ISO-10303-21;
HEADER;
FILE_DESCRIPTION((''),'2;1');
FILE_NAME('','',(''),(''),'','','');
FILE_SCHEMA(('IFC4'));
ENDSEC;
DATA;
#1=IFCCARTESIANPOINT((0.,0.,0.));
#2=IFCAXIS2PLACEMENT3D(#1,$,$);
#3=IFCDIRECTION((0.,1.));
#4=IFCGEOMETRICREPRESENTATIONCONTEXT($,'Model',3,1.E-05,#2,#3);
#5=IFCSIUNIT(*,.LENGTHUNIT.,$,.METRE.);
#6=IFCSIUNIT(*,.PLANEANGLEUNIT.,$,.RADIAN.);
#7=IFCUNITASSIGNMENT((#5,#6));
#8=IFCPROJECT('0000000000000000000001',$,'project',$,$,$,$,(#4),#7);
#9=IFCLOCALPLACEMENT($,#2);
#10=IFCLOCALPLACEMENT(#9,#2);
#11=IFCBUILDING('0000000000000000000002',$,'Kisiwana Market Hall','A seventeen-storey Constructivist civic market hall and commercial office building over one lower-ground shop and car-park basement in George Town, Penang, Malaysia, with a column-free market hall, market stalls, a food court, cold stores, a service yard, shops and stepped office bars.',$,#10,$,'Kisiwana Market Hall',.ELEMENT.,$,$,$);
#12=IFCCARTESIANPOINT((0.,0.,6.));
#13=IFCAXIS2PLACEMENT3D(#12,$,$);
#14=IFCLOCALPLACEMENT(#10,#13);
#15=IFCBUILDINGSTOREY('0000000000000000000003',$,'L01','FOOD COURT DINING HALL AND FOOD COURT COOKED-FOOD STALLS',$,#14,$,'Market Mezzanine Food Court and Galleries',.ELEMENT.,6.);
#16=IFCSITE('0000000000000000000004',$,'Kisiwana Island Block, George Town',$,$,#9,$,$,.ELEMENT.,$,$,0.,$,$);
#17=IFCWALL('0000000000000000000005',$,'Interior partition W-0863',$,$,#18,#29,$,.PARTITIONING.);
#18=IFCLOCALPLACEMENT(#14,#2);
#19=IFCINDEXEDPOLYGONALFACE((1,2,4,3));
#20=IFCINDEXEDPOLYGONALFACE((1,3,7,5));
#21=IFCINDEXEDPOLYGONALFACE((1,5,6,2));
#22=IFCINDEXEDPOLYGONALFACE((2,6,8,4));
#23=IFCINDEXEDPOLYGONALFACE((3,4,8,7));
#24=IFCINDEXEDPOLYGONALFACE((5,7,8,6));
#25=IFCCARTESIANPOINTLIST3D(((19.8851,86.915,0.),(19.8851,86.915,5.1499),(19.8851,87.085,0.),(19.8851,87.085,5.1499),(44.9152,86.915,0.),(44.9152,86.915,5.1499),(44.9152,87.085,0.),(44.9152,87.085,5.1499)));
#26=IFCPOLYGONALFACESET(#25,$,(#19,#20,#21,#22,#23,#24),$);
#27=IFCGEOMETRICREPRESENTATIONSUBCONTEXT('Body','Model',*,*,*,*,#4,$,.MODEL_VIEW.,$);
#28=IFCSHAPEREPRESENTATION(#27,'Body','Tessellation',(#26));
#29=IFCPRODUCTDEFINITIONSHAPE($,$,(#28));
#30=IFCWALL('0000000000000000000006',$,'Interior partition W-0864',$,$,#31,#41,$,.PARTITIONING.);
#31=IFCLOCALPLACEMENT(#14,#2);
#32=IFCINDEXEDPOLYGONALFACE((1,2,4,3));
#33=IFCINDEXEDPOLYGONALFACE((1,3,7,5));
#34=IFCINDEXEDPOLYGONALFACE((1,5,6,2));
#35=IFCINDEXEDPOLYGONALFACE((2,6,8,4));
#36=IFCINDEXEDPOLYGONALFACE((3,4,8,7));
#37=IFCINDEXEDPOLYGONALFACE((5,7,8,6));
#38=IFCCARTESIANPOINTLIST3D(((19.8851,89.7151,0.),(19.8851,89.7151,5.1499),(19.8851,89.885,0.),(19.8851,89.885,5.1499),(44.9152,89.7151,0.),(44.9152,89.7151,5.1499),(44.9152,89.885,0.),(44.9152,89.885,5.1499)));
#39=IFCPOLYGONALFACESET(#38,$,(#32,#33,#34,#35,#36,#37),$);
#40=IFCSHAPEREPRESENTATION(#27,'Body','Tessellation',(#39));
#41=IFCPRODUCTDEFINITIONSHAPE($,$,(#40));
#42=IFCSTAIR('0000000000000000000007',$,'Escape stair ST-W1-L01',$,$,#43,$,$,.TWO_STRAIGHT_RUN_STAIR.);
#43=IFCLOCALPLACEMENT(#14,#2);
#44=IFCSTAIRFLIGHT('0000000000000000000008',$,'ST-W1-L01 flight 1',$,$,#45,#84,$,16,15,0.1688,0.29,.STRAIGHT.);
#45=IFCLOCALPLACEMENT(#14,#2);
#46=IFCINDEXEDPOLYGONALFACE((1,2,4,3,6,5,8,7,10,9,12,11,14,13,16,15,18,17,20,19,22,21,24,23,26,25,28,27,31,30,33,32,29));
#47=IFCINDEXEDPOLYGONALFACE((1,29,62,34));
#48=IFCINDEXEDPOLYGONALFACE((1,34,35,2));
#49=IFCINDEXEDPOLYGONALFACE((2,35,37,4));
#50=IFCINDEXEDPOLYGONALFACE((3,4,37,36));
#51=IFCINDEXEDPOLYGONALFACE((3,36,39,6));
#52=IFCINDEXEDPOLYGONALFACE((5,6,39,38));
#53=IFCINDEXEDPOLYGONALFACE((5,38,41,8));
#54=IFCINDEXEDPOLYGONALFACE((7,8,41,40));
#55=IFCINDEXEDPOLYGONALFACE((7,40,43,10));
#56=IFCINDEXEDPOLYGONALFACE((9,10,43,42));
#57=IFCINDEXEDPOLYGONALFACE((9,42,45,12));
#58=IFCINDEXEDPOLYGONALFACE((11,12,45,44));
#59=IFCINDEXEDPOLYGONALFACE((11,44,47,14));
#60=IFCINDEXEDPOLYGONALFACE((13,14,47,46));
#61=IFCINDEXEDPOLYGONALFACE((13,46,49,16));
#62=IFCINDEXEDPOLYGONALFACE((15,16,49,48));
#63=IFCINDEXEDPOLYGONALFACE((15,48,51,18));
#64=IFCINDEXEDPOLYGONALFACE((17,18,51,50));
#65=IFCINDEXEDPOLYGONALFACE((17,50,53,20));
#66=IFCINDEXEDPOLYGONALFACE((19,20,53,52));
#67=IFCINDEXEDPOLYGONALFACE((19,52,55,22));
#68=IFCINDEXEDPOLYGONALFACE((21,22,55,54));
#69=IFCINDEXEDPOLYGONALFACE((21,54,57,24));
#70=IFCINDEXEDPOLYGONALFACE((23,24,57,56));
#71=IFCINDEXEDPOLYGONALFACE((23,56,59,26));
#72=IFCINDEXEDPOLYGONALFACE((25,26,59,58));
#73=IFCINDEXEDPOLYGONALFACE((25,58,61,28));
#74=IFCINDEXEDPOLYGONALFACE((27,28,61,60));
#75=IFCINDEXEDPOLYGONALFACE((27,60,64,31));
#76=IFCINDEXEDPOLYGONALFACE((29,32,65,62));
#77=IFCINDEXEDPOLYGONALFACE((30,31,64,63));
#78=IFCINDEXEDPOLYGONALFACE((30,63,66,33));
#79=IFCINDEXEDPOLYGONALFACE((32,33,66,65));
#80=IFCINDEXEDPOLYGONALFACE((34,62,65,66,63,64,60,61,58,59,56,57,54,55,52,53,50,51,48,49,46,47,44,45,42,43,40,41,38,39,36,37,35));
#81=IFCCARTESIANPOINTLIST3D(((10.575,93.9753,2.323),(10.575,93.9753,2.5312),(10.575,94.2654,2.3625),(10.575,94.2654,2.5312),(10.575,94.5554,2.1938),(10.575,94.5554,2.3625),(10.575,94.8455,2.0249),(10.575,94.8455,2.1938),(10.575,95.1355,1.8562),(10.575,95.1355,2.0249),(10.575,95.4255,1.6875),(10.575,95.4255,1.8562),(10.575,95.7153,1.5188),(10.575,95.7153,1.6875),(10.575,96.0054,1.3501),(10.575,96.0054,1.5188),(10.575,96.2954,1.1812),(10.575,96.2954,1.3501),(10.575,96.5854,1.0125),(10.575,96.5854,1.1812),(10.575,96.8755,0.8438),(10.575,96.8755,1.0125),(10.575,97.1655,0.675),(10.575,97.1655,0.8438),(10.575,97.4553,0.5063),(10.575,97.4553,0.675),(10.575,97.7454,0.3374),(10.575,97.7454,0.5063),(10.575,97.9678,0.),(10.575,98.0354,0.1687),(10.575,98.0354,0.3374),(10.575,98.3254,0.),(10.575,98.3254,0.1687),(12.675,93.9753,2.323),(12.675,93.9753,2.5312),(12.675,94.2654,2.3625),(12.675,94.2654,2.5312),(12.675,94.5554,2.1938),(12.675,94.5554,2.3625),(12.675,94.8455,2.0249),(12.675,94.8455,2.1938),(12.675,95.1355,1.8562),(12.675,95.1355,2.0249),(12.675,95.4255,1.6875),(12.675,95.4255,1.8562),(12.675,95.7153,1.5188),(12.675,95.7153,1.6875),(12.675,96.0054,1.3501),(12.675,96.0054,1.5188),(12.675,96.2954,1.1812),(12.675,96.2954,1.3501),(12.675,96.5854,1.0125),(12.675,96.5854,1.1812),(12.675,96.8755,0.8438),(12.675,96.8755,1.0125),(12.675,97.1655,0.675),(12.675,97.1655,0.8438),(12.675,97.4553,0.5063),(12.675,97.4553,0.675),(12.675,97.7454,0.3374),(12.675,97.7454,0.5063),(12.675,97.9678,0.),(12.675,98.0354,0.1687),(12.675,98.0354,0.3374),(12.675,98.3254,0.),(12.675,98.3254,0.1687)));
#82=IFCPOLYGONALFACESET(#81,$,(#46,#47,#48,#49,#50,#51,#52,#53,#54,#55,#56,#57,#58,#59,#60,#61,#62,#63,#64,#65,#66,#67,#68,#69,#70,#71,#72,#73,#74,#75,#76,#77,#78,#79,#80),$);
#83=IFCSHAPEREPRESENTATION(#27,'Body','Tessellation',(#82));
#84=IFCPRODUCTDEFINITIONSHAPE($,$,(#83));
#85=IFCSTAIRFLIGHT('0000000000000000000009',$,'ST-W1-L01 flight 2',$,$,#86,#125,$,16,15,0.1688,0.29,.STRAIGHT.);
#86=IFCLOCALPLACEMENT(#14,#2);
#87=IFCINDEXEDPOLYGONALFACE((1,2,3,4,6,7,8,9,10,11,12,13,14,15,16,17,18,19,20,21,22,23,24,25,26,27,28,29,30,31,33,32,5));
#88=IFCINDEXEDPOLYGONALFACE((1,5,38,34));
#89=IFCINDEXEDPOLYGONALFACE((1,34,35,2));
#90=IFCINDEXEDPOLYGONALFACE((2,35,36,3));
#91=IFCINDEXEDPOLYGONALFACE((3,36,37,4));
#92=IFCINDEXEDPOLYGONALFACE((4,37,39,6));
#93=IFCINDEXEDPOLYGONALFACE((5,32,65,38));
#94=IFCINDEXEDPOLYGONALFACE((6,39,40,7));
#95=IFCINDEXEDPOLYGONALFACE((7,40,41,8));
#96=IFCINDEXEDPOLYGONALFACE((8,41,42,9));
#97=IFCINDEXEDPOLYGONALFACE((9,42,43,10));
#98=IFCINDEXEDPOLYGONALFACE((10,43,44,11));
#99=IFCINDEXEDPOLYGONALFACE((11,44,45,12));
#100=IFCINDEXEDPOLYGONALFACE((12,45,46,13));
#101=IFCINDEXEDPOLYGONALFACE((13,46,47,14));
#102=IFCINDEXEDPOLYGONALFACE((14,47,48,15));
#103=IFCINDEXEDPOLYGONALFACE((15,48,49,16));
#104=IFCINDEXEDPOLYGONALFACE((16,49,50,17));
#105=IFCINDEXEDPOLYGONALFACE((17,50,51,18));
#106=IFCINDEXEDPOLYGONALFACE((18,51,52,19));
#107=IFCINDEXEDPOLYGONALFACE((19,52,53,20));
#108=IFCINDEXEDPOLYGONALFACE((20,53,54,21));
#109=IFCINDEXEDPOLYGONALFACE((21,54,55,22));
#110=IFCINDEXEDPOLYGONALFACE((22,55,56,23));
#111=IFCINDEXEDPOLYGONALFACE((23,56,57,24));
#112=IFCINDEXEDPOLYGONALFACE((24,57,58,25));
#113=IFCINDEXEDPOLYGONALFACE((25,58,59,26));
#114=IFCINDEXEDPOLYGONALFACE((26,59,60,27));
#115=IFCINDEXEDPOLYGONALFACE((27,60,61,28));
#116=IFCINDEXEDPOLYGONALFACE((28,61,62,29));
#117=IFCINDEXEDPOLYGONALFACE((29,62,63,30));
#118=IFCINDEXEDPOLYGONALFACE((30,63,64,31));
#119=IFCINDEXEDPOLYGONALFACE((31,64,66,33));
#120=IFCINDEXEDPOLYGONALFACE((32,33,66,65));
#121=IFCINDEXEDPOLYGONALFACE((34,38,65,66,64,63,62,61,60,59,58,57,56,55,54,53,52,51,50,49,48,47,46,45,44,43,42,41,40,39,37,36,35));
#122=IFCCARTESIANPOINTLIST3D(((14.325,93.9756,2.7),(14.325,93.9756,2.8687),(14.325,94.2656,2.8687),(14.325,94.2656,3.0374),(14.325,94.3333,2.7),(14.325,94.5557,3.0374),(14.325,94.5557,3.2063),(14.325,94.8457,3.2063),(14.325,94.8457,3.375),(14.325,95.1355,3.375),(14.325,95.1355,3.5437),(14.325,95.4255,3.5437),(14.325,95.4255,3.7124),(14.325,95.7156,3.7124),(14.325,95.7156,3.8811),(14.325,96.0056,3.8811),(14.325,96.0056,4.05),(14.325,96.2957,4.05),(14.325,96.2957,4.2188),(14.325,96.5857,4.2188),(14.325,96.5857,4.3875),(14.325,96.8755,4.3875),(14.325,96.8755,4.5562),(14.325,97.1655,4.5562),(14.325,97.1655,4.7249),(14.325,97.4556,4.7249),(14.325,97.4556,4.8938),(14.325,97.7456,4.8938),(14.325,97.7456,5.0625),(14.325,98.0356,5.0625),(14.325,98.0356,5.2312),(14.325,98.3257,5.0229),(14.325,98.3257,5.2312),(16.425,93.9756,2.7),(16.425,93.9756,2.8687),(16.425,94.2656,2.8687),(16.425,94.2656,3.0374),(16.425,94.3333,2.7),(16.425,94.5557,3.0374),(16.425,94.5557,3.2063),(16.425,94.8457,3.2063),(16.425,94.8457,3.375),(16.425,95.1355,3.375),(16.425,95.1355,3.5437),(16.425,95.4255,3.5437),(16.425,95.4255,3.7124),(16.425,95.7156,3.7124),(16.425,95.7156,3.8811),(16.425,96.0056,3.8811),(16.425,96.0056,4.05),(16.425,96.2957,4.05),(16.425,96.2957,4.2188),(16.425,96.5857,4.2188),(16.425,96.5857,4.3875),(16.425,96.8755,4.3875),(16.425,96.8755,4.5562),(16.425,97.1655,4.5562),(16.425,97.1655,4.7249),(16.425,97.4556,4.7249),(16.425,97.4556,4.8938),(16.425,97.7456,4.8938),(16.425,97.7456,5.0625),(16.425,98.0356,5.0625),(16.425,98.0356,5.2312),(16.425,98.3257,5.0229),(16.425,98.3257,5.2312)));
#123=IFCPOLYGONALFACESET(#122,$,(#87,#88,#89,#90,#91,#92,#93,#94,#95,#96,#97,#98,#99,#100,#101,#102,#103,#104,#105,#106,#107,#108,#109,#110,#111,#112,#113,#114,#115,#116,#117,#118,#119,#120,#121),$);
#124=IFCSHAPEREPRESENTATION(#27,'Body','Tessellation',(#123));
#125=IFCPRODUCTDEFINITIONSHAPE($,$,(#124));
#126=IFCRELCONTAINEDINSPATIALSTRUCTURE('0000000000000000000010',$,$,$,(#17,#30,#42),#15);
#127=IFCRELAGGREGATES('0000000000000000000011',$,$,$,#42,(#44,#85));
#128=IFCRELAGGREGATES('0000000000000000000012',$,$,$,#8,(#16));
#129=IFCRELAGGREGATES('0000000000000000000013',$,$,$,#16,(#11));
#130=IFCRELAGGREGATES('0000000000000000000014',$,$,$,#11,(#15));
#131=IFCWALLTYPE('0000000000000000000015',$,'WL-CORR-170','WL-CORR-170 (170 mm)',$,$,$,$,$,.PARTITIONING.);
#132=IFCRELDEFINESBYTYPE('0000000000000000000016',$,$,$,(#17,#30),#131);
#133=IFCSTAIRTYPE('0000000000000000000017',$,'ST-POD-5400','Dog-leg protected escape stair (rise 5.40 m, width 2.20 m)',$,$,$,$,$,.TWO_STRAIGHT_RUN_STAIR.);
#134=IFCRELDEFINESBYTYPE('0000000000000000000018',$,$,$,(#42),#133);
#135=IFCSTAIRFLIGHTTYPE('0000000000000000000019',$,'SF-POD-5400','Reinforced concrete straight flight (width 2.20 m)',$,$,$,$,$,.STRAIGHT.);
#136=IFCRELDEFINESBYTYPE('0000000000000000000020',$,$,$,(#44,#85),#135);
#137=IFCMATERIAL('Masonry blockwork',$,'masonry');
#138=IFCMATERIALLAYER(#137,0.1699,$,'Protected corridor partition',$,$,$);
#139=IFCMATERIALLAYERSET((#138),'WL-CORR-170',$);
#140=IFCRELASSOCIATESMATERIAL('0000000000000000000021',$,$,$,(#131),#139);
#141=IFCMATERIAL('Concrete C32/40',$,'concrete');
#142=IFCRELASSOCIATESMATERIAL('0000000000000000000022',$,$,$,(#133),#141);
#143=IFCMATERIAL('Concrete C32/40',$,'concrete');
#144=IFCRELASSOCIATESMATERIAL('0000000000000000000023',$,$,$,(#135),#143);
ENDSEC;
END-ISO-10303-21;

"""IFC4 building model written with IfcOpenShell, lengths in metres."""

from ifc_helpers import new_model, si_unit, direction, frame, frame_2d, origin, place, context, subcontext, project, spatial, polyline, rectangle, outline, extrude, material, layer, layer_set, type_object, element, aggregate, save


model = new_model("IFC4")

# Units and contexts
model_context = context("Model", 3, precision=1e-05, world=origin(), true_north=direction((0.0, 1.0)))
body_context = subcontext(model_context, "Body", "Model", "MODEL_VIEW")
ifc_project = project(units=[si_unit("LENGTHUNIT", "METRE"), si_unit("PLANEANGLEUNIT", "RADIAN")], contexts=[model_context])

# Site, building, storey
site_placement = place(None, origin())
site = spatial("IfcSite", under=ifc_project, at=site_placement, Name="Kisiwana Island Block, George Town", CompositionType="ELEMENT", RefElevation=0.0)
building_placement = place(site_placement, origin())
building = spatial("IfcBuilding", under=site, at=building_placement, Name="Kisiwana Market Hall", Description="A seventeen-storey Constructivist civic market hall and commercial office building over one lower-ground shop and car-park basement in George Town, Penang, Malaysia, with a column-free market hall, market stalls, a food court, cold stores, a service yard, shops and stepped office bars.", LongName="Kisiwana Market Hall", CompositionType="ELEMENT")
storey_placement = place(building_placement, frame((0.0, 0.0, 6.0)))
storey = spatial("IfcBuildingStorey", under=building, at=storey_placement, Name="L01", Description="FOOD COURT DINING HALL AND FOOD COURT COOKED-FOOD STALLS", LongName="Market Mezzanine Food Court and Galleries", CompositionType="ELEMENT", Elevation=6.0)

# Shared definitions
ifc_material_1 = material(Name="Masonry blockwork", Category="masonry")
ifc_layer_1 = layer(ifc_material_1, 0.1699, Name="Protected corridor partition")
ifc_layer_set_1 = layer_set([ifc_layer_1], Name="WL-CORR-170")
wall_type_1 = type_object("IfcWallType", Name="WL-CORR-170", Description="WL-CORR-170 (170 mm)", PredefinedType="PARTITIONING", material=ifc_layer_set_1)

# Walls
for number, where, z_axis, x_axis, name in (
    (1, (19.885, 87.0, 0.0), (0.0, 0.0, 1.0), (1.0, 0.0, 0.0), "Interior partition W-0863"),
    (2, (19.885, 89.8, 0.0), (0.0, 0.0, 1.0), (1.0, 0.0, 0.0), "Interior partition W-0864"),
):
    element("IfcWall", number, at=place(storey_placement, frame(where, z_axis=z_axis, x_axis=x_axis)), inside=storey, type_object=wall_type_1, Name=name, PredefinedType="PARTITIONING", context=body_context, shape_type="SweptSolid", body=[
        extrude(rectangle(XDim=25.03, YDim=0.1699, at=frame_2d((12.5151, 0.0))), origin(), (0.0, 0.0, 1.0), 5.1499),
    ])

# Stair, stair flights
ifc_material_2 = material(Name="Concrete C32/40", Category="concrete")
stair_type = type_object("IfcStairType", Name="ST-POD-5400", Description="Dog-leg protected escape stair (rise 5.40 m, width 2.20 m)", PredefinedType="TWO_STRAIGHT_RUN_STAIR", material=ifc_material_2)
stair_placement = place(storey_placement, origin())
stair = element("IfcStair", 3, at=stair_placement, inside=storey, type_object=stair_type, Name="Escape stair ST-W1-L01", PredefinedType="TWO_STRAIGHT_RUN_STAIR")
ifc_material_3 = material(Name="Concrete C32/40", Category="concrete")
stair_flight_type = type_object("IfcStairFlightType", Name="SF-POD-5400", Description="Reinforced concrete straight flight (width 2.20 m)", PredefinedType="STRAIGHT", material=ifc_material_3)
stair_flight_1_placement = place(storey_placement, frame((11.625, 98.3254, 0.0), z_axis=(0.0, 0.0, 1.0), x_axis=(0.0, -1.0, 0.0)))
stair_flight_1 = element("IfcStairFlight", 4, at=stair_flight_1_placement, type_object=stair_flight_type, Name="ST-W1-L01 flight 1", NumberOfRisers=16, NumberOfTreads=15, PredefinedType="STRAIGHT", RiserHeight=0.1688, TreadLength=0.29, context=body_context, shape_type="SweptSolid", body=[
    extrude(outline(polyline([(0.0, 0.0), (0.0, 0.1687), (0.29, 0.1687), (0.29, 0.3374), (0.5801, 0.3374), (0.5801, 0.5063), (0.8701, 0.5063), (0.8701, 0.675), (1.1599, 0.675), (1.1599, 0.8438), (1.45, 0.8438), (1.45, 1.0125), (1.74, 1.0125), (1.74, 1.1812), (2.03, 1.1812), (2.03, 1.3501), (2.3201, 1.3501), (2.3201, 1.5188), (2.6101, 1.5188), (2.6101, 1.6875), (2.8999, 1.6875), (2.8999, 1.8562), (3.1899, 1.8562), (3.1899, 2.0249), (3.48, 2.0249), (3.48, 2.1938), (3.77, 2.1938), (3.77, 2.3625), (4.0601, 2.3625), (4.0601, 2.5312), (4.3501, 2.5312), (4.3501, 2.7), (4.3501, 2.323), (0.3577, 0.0), (0.0, 0.0)])), frame((0.0, 1.05, 0.0), z_axis=(0.0, -1.0, 0.0), x_axis=(1.0, 0.0, 0.0)), (0.0, 0.0, 1.0), 2.1001),
])
stair_flight_2_placement = place(storey_placement, frame((15.375, 93.9756, 2.7), z_axis=(0.0, 0.0, 1.0), x_axis=(0.0, 1.0, 0.0)))
stair_flight_2 = element("IfcStairFlight", 5, at=stair_flight_2_placement, type_object=stair_flight_type, Name="ST-W1-L01 flight 2", NumberOfRisers=16, NumberOfTreads=15, PredefinedType="STRAIGHT", RiserHeight=0.1688, TreadLength=0.29, context=body_context, shape_type="SweptSolid", body=[
    extrude(outline(polyline([(0.0, 0.0), (0.0, 0.1687), (0.29, 0.1687), (0.29, 0.3374), (0.5801, 0.3374), (0.5801, 0.5063), (0.8701, 0.5063), (0.8701, 0.675), (1.1599, 0.675), (1.1599, 0.8438), (1.45, 0.8438), (1.45, 1.0125), (1.74, 1.0125), (1.74, 1.1812), (2.03, 1.1812), (2.03, 1.3501), (2.3201, 1.3501), (2.3201, 1.5188), (2.6101, 1.5188), (2.6101, 1.6875), (2.8999, 1.6875), (2.8999, 1.8562), (3.1899, 1.8562), (3.1899, 2.0249), (3.48, 2.0249), (3.48, 2.1938), (3.77, 2.1938), (3.77, 2.3625), (4.0601, 2.3625), (4.0601, 2.5312), (4.3501, 2.5312), (4.3501, 2.7), (4.3501, 2.323), (0.3577, 0.0), (0.0, 0.0)])), frame((0.0, 1.05, 0.0), z_axis=(0.0, -1.0, 0.0), x_axis=(1.0, 0.0, 0.0)), (0.0, 0.0, 1.0), 2.1001),
])
aggregate(stair, [stair_flight_1, stair_flight_2])

save(model, "model.ifc")
